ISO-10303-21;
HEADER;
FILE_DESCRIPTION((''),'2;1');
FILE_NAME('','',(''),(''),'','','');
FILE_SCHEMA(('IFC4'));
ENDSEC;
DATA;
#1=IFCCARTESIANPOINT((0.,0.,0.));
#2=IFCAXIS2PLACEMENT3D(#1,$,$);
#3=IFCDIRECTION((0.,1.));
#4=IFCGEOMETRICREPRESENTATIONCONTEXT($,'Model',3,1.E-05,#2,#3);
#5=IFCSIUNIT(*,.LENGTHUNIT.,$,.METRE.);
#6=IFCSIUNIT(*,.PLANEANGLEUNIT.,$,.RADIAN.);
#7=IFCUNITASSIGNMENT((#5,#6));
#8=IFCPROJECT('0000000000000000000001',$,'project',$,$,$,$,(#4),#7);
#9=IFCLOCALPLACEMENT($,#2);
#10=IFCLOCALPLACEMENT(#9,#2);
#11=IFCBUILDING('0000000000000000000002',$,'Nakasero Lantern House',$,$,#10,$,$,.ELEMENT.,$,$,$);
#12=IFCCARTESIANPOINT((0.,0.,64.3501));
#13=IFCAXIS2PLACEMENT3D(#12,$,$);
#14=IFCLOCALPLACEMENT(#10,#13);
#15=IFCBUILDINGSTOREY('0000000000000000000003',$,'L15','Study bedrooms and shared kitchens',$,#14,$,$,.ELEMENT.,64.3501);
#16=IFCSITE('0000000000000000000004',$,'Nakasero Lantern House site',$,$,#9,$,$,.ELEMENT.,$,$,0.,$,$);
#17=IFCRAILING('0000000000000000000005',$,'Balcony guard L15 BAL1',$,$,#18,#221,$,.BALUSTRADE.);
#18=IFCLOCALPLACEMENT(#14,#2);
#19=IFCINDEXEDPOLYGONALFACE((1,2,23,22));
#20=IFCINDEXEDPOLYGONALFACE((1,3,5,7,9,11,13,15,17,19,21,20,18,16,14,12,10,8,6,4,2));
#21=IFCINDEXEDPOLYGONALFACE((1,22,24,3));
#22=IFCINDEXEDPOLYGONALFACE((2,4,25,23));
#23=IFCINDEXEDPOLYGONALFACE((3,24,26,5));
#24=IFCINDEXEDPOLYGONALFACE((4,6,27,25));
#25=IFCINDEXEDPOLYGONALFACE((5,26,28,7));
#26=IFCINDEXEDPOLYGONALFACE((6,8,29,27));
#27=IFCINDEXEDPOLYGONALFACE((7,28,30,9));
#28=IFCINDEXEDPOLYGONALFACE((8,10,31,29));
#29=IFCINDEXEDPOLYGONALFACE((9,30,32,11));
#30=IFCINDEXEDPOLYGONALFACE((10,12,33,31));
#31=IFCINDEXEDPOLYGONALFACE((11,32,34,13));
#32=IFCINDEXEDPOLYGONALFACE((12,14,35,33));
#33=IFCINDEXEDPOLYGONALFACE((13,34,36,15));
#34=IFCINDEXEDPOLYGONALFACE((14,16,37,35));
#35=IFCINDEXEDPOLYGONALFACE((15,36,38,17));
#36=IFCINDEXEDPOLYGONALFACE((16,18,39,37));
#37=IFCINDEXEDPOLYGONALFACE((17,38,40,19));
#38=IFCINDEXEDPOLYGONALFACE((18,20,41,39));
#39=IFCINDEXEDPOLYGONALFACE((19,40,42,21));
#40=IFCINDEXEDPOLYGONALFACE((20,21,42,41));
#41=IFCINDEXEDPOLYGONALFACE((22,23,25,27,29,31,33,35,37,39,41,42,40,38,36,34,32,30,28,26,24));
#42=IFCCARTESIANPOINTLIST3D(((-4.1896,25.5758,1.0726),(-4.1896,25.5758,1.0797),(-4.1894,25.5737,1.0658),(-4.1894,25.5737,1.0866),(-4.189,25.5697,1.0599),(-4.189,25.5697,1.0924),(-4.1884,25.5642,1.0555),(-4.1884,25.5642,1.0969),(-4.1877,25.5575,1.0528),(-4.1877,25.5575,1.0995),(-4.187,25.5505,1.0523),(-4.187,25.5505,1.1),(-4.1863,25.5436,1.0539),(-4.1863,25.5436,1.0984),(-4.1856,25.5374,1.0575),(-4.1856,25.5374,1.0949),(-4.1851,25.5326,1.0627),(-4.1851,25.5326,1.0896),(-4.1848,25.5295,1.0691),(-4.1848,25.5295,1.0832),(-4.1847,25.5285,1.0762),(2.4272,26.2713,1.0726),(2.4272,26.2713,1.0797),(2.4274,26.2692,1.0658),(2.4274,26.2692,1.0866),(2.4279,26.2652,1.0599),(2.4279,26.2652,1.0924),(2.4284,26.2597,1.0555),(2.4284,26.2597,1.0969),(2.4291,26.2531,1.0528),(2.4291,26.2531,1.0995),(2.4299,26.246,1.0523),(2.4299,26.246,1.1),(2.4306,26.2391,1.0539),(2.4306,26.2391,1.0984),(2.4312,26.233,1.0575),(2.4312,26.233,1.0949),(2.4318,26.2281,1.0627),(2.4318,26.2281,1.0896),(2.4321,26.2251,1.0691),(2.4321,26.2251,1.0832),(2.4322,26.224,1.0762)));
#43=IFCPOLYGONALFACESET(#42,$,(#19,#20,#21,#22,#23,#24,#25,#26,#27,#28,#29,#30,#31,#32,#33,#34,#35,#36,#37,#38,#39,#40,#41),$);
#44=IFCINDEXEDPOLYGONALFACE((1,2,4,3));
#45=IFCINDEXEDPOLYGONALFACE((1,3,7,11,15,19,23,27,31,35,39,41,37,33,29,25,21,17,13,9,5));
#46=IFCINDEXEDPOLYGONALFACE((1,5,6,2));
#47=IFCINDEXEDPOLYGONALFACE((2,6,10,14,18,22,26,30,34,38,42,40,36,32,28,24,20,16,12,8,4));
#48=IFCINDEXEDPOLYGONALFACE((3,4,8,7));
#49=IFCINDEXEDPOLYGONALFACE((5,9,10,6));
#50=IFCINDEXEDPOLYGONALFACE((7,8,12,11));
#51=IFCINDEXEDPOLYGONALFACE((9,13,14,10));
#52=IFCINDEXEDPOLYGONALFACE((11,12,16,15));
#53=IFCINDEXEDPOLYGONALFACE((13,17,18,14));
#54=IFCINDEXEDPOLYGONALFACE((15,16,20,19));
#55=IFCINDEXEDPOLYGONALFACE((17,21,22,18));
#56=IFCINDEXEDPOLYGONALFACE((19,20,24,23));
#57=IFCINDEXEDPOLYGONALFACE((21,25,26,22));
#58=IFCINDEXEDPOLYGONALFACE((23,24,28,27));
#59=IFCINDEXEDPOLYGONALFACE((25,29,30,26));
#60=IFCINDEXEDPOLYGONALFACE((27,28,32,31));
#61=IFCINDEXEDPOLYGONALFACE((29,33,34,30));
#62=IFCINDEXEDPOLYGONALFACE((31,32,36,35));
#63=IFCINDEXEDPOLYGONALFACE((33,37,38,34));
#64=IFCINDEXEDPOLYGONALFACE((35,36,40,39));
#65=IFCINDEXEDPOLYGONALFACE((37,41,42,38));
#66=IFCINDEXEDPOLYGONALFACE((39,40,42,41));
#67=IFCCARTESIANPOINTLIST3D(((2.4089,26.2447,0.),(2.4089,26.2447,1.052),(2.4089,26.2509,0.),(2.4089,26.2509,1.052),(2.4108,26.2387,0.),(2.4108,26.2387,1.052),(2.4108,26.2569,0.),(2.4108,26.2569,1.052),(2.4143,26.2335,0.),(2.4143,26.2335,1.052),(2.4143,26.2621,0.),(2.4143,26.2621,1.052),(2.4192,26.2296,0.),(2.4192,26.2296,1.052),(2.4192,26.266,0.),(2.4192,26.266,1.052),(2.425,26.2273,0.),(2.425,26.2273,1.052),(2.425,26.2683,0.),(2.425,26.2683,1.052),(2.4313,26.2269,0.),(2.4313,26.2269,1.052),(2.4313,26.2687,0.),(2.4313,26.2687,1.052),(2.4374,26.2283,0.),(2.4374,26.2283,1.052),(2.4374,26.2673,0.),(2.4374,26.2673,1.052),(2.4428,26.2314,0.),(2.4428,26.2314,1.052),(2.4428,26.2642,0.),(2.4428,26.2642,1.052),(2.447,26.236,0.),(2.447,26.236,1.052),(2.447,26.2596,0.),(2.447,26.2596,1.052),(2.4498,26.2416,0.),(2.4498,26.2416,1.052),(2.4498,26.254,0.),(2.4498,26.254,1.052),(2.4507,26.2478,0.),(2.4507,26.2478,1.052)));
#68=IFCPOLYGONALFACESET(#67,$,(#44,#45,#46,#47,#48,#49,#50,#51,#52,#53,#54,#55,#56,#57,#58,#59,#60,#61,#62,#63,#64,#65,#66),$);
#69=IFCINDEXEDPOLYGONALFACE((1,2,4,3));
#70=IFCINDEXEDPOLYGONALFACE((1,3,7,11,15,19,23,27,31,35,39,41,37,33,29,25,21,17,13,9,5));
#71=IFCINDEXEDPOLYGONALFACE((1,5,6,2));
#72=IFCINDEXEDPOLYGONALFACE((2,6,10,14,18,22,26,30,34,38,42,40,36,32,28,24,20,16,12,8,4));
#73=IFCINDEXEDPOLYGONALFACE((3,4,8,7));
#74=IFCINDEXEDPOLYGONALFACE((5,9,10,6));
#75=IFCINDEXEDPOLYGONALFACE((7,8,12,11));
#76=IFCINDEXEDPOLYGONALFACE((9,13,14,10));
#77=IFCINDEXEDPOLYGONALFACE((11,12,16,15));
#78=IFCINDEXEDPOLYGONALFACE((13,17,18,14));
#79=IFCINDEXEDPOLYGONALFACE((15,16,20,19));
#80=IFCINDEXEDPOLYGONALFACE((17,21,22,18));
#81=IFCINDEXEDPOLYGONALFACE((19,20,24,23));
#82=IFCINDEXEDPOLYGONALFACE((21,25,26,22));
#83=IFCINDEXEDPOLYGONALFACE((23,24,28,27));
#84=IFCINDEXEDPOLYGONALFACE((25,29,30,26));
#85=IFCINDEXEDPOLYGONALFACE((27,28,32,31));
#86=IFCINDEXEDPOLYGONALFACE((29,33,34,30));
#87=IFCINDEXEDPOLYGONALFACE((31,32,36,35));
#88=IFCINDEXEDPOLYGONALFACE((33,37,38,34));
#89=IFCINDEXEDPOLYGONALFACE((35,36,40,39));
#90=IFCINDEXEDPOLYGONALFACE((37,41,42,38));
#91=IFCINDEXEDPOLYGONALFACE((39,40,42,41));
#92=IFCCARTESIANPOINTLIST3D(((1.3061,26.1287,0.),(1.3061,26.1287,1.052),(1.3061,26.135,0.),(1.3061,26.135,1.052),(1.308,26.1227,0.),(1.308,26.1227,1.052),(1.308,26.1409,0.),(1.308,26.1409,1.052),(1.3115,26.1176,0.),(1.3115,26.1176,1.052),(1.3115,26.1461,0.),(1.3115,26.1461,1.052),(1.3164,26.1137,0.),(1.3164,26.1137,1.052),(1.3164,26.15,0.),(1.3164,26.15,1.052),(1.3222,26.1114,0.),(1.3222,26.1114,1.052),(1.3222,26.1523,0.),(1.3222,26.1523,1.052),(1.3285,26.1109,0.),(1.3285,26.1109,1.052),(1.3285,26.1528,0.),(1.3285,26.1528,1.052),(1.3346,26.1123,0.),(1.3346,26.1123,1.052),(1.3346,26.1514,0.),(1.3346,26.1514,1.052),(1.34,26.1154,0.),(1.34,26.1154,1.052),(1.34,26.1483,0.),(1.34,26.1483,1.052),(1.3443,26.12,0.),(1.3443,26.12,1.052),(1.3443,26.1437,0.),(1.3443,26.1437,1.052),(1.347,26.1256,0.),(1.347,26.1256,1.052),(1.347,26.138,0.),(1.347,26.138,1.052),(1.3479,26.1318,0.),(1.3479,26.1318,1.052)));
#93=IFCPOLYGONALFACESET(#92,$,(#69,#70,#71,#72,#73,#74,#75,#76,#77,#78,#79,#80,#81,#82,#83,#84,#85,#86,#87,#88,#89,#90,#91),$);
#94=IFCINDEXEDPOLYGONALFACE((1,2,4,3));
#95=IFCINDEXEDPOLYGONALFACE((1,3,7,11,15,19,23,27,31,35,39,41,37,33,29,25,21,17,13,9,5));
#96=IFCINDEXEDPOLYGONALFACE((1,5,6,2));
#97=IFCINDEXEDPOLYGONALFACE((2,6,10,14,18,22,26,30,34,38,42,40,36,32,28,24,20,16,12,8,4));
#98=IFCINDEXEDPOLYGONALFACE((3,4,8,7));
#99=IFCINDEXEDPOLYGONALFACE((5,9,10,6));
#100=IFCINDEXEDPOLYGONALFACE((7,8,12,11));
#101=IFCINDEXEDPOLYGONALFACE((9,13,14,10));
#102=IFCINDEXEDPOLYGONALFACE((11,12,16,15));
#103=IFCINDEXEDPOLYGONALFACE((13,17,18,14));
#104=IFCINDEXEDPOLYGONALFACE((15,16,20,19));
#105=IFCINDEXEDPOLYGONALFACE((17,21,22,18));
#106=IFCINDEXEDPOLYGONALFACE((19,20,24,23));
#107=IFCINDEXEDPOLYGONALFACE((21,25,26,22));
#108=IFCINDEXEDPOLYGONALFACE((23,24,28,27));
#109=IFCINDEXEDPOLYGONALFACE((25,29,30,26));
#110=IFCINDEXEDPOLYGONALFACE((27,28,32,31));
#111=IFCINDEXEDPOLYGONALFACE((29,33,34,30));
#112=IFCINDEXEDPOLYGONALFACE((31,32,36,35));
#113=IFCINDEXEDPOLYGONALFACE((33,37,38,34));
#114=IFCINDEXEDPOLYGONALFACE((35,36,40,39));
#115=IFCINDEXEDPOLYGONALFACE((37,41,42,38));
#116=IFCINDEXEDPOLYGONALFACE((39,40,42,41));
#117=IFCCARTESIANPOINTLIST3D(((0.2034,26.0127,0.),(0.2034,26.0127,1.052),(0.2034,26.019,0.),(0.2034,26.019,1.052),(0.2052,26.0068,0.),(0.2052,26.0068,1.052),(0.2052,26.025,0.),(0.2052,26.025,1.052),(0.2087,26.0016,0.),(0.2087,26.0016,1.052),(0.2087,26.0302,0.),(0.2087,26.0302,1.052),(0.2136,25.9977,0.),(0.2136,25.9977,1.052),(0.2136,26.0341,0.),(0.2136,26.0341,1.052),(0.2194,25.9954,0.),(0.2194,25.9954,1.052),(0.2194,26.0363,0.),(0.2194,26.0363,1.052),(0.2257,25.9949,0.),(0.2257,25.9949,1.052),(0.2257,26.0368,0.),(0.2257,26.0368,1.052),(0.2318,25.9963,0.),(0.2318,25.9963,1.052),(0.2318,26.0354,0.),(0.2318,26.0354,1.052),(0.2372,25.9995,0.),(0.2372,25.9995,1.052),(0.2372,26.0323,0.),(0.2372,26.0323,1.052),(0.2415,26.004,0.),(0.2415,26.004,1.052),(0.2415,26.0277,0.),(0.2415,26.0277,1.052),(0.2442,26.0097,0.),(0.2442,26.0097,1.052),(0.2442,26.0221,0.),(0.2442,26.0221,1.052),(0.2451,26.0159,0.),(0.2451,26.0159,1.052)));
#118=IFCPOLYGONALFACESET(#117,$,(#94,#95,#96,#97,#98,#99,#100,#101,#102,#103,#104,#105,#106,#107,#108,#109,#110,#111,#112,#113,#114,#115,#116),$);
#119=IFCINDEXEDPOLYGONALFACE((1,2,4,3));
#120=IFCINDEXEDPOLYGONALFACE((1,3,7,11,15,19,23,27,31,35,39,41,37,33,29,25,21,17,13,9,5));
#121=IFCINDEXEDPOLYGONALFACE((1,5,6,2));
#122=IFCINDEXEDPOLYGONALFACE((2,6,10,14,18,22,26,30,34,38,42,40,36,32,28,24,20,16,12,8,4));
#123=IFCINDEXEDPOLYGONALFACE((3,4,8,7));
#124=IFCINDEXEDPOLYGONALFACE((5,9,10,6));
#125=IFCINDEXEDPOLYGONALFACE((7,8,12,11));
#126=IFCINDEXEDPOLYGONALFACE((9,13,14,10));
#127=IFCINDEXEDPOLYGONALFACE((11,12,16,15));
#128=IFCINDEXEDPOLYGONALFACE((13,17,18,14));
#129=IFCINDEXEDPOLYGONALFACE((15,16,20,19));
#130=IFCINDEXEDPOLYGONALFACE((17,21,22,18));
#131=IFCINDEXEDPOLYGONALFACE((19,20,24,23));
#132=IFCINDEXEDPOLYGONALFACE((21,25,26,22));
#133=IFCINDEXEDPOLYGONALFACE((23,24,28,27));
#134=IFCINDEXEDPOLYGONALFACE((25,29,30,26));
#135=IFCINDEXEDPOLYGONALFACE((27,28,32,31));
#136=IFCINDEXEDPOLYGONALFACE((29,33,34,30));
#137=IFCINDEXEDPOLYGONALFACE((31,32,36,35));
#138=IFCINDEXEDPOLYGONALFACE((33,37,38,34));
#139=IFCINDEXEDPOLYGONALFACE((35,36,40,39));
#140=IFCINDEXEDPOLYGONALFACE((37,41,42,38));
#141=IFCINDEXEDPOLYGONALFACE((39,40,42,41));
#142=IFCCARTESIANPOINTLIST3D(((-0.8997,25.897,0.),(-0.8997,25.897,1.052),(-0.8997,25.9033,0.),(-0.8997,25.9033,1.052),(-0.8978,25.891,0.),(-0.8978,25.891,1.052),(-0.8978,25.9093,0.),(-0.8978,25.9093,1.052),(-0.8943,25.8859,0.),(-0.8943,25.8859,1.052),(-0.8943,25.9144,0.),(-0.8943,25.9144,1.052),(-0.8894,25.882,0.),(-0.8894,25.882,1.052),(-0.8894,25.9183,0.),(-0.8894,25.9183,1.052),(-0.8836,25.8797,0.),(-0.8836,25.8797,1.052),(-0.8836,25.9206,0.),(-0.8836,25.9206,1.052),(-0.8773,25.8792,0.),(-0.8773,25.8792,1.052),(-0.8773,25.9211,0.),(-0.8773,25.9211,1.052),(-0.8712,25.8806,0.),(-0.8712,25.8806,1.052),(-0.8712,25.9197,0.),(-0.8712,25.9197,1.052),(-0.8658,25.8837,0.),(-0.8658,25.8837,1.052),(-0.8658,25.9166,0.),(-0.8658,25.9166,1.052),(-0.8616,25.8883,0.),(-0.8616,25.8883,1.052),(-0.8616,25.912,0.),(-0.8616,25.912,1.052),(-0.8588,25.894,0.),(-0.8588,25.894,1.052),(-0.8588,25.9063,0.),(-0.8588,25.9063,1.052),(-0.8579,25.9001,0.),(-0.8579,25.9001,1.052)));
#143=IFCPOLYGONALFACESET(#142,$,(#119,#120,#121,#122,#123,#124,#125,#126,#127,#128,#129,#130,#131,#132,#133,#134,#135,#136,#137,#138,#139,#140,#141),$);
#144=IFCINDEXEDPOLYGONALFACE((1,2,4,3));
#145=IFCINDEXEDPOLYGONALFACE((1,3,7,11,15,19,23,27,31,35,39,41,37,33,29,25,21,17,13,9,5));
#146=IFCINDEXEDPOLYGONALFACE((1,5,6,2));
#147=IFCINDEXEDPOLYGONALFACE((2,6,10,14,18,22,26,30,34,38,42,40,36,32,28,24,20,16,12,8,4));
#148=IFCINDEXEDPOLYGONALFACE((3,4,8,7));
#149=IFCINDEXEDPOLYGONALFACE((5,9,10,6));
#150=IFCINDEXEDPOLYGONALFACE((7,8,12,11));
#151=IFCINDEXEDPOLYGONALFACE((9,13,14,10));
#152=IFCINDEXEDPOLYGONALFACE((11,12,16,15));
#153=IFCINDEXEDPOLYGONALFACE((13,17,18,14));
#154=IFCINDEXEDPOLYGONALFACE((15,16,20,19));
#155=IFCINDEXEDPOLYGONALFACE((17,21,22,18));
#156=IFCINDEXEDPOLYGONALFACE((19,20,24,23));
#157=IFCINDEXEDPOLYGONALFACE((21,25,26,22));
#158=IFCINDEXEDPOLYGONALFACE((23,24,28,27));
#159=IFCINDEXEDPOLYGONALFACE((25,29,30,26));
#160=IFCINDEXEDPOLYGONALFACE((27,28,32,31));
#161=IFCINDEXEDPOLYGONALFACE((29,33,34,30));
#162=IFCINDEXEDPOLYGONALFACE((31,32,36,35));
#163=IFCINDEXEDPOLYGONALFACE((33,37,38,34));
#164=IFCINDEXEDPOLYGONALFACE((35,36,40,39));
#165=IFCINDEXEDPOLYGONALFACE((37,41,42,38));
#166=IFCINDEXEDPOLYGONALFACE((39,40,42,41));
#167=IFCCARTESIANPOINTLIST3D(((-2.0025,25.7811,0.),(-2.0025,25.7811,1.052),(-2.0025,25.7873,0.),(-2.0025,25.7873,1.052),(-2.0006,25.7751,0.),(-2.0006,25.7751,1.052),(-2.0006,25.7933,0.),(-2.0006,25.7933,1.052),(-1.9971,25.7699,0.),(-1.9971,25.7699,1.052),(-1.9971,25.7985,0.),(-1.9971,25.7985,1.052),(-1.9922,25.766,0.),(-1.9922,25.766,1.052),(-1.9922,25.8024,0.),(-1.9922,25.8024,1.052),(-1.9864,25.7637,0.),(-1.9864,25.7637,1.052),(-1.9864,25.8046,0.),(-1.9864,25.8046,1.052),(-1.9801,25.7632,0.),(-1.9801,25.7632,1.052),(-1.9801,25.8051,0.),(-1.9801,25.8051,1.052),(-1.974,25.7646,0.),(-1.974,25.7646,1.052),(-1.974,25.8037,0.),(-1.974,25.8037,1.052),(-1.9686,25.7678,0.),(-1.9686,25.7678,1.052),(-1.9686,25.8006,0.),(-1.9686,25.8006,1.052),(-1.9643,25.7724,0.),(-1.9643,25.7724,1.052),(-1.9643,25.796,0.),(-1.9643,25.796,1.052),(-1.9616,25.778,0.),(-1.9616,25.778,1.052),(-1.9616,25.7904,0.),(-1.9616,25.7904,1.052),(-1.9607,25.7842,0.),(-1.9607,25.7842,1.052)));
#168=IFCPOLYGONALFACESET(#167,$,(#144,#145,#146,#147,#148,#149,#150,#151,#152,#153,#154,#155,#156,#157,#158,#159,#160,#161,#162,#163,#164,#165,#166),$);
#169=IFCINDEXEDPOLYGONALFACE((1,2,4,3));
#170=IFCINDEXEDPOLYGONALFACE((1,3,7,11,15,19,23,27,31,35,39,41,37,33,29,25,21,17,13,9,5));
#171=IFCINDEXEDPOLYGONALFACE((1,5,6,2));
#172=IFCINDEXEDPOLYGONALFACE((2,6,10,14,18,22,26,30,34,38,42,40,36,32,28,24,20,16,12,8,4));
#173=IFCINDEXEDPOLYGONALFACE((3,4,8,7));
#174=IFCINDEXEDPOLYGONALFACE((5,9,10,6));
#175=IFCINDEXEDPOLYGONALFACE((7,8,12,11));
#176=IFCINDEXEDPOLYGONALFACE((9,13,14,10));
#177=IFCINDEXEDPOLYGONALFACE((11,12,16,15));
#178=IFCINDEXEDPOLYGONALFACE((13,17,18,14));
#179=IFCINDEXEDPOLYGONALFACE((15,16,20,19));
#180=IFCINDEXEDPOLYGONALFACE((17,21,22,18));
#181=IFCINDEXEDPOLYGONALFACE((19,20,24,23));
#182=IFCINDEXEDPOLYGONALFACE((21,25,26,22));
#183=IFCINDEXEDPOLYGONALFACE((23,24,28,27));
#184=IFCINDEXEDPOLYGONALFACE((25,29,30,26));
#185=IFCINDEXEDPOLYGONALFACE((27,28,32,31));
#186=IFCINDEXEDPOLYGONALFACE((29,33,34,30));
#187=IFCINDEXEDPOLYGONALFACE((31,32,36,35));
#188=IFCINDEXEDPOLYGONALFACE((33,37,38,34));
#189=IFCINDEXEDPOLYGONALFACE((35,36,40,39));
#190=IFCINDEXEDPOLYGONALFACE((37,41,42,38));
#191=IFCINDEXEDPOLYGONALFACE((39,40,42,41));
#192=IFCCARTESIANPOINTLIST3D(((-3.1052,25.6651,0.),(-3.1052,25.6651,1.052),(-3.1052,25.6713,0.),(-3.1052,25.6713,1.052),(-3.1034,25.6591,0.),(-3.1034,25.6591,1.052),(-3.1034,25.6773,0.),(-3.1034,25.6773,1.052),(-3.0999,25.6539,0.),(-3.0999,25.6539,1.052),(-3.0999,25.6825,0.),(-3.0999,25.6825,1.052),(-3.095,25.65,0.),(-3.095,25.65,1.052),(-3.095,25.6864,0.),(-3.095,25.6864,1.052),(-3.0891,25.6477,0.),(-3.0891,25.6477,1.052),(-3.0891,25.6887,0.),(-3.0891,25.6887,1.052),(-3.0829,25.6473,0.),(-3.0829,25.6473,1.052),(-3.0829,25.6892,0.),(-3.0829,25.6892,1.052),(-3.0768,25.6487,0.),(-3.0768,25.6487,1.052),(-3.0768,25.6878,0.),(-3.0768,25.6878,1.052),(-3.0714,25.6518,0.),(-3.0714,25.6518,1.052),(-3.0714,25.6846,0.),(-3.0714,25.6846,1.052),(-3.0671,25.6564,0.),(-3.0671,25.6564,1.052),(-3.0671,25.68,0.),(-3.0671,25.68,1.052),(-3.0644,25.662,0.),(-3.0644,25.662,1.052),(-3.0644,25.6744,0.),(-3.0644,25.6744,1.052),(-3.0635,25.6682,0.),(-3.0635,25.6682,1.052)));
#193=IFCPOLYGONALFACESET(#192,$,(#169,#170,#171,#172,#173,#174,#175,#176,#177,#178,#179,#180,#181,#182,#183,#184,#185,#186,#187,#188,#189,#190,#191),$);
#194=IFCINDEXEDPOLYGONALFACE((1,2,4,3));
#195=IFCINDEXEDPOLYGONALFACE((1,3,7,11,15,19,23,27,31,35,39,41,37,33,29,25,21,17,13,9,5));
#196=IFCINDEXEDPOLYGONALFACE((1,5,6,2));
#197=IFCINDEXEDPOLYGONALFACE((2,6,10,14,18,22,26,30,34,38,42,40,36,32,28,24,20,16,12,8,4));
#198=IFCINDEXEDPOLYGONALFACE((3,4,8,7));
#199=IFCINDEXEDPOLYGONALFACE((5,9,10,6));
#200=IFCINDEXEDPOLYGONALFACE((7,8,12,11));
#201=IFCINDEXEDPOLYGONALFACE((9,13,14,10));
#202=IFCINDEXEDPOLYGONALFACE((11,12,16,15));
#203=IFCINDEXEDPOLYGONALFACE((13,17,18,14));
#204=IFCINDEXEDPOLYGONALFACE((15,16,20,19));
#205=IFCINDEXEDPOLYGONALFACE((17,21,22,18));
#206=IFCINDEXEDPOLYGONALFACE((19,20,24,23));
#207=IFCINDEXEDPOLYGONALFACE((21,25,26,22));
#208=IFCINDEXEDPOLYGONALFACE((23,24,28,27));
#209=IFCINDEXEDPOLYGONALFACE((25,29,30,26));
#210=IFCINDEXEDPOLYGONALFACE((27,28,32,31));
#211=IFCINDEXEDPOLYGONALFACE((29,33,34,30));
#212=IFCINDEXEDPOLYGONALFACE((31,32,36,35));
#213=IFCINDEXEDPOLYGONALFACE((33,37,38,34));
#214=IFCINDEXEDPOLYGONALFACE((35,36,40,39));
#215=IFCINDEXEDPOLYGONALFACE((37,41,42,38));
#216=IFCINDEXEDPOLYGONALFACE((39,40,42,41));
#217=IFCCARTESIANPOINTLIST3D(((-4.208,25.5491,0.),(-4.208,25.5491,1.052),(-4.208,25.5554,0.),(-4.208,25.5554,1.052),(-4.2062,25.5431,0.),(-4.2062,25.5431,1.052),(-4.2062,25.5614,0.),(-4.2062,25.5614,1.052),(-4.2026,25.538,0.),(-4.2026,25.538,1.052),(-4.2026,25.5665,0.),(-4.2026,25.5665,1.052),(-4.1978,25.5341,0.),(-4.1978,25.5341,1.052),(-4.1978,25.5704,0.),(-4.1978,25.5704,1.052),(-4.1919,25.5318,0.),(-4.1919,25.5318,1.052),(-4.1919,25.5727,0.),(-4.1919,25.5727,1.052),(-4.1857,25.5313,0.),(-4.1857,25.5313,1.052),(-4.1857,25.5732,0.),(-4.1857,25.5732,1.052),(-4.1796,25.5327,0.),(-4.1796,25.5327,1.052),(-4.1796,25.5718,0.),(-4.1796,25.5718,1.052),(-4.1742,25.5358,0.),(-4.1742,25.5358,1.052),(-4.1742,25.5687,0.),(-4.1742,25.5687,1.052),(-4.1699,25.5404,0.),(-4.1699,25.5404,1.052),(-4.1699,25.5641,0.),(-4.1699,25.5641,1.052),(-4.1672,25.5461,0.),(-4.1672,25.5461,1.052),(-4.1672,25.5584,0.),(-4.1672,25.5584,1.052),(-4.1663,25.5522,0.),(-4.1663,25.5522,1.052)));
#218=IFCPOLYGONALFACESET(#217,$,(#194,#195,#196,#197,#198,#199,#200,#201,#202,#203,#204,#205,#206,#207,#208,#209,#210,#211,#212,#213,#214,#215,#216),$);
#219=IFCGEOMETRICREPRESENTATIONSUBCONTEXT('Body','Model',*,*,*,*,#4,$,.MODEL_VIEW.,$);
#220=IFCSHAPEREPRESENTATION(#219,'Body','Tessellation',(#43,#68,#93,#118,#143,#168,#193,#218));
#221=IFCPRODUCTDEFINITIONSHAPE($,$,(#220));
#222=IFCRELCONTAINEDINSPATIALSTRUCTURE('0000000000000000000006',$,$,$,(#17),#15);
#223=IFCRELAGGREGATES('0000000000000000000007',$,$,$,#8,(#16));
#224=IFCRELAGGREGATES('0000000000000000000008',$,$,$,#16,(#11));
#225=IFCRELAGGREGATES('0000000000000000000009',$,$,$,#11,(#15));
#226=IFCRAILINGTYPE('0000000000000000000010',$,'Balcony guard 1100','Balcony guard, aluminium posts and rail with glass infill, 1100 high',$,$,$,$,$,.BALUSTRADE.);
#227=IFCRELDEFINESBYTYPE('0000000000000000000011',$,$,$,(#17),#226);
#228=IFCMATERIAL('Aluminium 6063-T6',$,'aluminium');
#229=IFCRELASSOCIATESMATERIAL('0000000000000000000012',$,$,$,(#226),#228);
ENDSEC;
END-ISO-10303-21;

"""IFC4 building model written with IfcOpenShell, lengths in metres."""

from ifc_helpers import new_model, si_unit, direction, frame, origin, origin_2d, place, context, subcontext, project, spatial, circle, extrude, material, type_object, element, save


model = new_model("IFC4")

# Units and contexts
model_context = context("Model", 3, precision=1e-05, world=origin(), true_north=direction((0.0, 1.0)))
body_context = subcontext(model_context, "Body", "Model", "MODEL_VIEW")
ifc_project = project(units=[si_unit("LENGTHUNIT", "METRE"), si_unit("PLANEANGLEUNIT", "RADIAN")], contexts=[model_context])

# Site, building, storey
site_placement = place(None, origin())
site = spatial("IfcSite", under=ifc_project, at=site_placement, Name="Nakasero Lantern House site", CompositionType="ELEMENT", RefElevation=0.0)
building_placement = place(site_placement, origin())
building = spatial("IfcBuilding", under=site, at=building_placement, Name="Nakasero Lantern House", CompositionType="ELEMENT")
storey_placement = place(building_placement, frame((0.0, 0.0, 64.3501)))
storey = spatial("IfcBuildingStorey", under=building, at=storey_placement, Name="L15", Description="Study bedrooms and shared kitchens", CompositionType="ELEMENT", Elevation=64.3501)

# Railing
ifc_material_1 = material(Name="Aluminium 6063-T6", Category="aluminium")
railing_type = type_object("IfcRailingType", Name="Balcony guard 1100", Description="Balcony guard, aluminium posts and rail with glass infill, 1100 high", PredefinedType="BALUSTRADE", material=ifc_material_1)
railing_placement = place(storey_placement, frame((2.4297, 26.2478, 0.0)))
element("IfcRailing", 1, at=railing_placement, inside=storey, type_object=railing_type, Name="Balcony guard L15 BAL1", PredefinedType="BALUSTRADE", context=body_context, shape_type="SweptSolid", body=[
    extrude(circle(Radius=0.0239, at=origin_2d()), frame((0.0, 0.0, 1.0762), z_axis=(-0.994521, -0.104542, 0.0), x_axis=(0.104542, -0.994521, 0.0)), (0.0, 0.0, 1.0), 6.6533),
    extrude(circle(Radius=0.021, at=origin_2d()), origin(), (0.0, 0.0, 1.0), 1.052),
    extrude(circle(Radius=0.021, at=origin_2d()), frame((-1.1028, -0.116, 0.0)), (0.0, 0.0, 1.0), 1.052),
    extrude(circle(Radius=0.021, at=origin_2d()), frame((-2.2056, -0.2319, 0.0)), (0.0, 0.0, 1.0), 1.052),
    extrude(circle(Radius=0.021, at=origin_2d()), frame((-3.3086, -0.3477, 0.0)), (0.0, 0.0, 1.0), 1.052),
    extrude(circle(Radius=0.021, at=origin_2d()), frame((-4.4114, -0.4636, 0.0)), (0.0, 0.0, 1.0), 1.052),
    extrude(circle(Radius=0.021, at=origin_2d()), frame((-5.5142, -0.5796, 0.0)), (0.0, 0.0, 1.0), 1.052),
    extrude(circle(Radius=0.021, at=origin_2d()), frame((-6.6169, -0.6956, 0.0)), (0.0, 0.0, 1.0), 1.052),
])

save(model, "model.ifc")
